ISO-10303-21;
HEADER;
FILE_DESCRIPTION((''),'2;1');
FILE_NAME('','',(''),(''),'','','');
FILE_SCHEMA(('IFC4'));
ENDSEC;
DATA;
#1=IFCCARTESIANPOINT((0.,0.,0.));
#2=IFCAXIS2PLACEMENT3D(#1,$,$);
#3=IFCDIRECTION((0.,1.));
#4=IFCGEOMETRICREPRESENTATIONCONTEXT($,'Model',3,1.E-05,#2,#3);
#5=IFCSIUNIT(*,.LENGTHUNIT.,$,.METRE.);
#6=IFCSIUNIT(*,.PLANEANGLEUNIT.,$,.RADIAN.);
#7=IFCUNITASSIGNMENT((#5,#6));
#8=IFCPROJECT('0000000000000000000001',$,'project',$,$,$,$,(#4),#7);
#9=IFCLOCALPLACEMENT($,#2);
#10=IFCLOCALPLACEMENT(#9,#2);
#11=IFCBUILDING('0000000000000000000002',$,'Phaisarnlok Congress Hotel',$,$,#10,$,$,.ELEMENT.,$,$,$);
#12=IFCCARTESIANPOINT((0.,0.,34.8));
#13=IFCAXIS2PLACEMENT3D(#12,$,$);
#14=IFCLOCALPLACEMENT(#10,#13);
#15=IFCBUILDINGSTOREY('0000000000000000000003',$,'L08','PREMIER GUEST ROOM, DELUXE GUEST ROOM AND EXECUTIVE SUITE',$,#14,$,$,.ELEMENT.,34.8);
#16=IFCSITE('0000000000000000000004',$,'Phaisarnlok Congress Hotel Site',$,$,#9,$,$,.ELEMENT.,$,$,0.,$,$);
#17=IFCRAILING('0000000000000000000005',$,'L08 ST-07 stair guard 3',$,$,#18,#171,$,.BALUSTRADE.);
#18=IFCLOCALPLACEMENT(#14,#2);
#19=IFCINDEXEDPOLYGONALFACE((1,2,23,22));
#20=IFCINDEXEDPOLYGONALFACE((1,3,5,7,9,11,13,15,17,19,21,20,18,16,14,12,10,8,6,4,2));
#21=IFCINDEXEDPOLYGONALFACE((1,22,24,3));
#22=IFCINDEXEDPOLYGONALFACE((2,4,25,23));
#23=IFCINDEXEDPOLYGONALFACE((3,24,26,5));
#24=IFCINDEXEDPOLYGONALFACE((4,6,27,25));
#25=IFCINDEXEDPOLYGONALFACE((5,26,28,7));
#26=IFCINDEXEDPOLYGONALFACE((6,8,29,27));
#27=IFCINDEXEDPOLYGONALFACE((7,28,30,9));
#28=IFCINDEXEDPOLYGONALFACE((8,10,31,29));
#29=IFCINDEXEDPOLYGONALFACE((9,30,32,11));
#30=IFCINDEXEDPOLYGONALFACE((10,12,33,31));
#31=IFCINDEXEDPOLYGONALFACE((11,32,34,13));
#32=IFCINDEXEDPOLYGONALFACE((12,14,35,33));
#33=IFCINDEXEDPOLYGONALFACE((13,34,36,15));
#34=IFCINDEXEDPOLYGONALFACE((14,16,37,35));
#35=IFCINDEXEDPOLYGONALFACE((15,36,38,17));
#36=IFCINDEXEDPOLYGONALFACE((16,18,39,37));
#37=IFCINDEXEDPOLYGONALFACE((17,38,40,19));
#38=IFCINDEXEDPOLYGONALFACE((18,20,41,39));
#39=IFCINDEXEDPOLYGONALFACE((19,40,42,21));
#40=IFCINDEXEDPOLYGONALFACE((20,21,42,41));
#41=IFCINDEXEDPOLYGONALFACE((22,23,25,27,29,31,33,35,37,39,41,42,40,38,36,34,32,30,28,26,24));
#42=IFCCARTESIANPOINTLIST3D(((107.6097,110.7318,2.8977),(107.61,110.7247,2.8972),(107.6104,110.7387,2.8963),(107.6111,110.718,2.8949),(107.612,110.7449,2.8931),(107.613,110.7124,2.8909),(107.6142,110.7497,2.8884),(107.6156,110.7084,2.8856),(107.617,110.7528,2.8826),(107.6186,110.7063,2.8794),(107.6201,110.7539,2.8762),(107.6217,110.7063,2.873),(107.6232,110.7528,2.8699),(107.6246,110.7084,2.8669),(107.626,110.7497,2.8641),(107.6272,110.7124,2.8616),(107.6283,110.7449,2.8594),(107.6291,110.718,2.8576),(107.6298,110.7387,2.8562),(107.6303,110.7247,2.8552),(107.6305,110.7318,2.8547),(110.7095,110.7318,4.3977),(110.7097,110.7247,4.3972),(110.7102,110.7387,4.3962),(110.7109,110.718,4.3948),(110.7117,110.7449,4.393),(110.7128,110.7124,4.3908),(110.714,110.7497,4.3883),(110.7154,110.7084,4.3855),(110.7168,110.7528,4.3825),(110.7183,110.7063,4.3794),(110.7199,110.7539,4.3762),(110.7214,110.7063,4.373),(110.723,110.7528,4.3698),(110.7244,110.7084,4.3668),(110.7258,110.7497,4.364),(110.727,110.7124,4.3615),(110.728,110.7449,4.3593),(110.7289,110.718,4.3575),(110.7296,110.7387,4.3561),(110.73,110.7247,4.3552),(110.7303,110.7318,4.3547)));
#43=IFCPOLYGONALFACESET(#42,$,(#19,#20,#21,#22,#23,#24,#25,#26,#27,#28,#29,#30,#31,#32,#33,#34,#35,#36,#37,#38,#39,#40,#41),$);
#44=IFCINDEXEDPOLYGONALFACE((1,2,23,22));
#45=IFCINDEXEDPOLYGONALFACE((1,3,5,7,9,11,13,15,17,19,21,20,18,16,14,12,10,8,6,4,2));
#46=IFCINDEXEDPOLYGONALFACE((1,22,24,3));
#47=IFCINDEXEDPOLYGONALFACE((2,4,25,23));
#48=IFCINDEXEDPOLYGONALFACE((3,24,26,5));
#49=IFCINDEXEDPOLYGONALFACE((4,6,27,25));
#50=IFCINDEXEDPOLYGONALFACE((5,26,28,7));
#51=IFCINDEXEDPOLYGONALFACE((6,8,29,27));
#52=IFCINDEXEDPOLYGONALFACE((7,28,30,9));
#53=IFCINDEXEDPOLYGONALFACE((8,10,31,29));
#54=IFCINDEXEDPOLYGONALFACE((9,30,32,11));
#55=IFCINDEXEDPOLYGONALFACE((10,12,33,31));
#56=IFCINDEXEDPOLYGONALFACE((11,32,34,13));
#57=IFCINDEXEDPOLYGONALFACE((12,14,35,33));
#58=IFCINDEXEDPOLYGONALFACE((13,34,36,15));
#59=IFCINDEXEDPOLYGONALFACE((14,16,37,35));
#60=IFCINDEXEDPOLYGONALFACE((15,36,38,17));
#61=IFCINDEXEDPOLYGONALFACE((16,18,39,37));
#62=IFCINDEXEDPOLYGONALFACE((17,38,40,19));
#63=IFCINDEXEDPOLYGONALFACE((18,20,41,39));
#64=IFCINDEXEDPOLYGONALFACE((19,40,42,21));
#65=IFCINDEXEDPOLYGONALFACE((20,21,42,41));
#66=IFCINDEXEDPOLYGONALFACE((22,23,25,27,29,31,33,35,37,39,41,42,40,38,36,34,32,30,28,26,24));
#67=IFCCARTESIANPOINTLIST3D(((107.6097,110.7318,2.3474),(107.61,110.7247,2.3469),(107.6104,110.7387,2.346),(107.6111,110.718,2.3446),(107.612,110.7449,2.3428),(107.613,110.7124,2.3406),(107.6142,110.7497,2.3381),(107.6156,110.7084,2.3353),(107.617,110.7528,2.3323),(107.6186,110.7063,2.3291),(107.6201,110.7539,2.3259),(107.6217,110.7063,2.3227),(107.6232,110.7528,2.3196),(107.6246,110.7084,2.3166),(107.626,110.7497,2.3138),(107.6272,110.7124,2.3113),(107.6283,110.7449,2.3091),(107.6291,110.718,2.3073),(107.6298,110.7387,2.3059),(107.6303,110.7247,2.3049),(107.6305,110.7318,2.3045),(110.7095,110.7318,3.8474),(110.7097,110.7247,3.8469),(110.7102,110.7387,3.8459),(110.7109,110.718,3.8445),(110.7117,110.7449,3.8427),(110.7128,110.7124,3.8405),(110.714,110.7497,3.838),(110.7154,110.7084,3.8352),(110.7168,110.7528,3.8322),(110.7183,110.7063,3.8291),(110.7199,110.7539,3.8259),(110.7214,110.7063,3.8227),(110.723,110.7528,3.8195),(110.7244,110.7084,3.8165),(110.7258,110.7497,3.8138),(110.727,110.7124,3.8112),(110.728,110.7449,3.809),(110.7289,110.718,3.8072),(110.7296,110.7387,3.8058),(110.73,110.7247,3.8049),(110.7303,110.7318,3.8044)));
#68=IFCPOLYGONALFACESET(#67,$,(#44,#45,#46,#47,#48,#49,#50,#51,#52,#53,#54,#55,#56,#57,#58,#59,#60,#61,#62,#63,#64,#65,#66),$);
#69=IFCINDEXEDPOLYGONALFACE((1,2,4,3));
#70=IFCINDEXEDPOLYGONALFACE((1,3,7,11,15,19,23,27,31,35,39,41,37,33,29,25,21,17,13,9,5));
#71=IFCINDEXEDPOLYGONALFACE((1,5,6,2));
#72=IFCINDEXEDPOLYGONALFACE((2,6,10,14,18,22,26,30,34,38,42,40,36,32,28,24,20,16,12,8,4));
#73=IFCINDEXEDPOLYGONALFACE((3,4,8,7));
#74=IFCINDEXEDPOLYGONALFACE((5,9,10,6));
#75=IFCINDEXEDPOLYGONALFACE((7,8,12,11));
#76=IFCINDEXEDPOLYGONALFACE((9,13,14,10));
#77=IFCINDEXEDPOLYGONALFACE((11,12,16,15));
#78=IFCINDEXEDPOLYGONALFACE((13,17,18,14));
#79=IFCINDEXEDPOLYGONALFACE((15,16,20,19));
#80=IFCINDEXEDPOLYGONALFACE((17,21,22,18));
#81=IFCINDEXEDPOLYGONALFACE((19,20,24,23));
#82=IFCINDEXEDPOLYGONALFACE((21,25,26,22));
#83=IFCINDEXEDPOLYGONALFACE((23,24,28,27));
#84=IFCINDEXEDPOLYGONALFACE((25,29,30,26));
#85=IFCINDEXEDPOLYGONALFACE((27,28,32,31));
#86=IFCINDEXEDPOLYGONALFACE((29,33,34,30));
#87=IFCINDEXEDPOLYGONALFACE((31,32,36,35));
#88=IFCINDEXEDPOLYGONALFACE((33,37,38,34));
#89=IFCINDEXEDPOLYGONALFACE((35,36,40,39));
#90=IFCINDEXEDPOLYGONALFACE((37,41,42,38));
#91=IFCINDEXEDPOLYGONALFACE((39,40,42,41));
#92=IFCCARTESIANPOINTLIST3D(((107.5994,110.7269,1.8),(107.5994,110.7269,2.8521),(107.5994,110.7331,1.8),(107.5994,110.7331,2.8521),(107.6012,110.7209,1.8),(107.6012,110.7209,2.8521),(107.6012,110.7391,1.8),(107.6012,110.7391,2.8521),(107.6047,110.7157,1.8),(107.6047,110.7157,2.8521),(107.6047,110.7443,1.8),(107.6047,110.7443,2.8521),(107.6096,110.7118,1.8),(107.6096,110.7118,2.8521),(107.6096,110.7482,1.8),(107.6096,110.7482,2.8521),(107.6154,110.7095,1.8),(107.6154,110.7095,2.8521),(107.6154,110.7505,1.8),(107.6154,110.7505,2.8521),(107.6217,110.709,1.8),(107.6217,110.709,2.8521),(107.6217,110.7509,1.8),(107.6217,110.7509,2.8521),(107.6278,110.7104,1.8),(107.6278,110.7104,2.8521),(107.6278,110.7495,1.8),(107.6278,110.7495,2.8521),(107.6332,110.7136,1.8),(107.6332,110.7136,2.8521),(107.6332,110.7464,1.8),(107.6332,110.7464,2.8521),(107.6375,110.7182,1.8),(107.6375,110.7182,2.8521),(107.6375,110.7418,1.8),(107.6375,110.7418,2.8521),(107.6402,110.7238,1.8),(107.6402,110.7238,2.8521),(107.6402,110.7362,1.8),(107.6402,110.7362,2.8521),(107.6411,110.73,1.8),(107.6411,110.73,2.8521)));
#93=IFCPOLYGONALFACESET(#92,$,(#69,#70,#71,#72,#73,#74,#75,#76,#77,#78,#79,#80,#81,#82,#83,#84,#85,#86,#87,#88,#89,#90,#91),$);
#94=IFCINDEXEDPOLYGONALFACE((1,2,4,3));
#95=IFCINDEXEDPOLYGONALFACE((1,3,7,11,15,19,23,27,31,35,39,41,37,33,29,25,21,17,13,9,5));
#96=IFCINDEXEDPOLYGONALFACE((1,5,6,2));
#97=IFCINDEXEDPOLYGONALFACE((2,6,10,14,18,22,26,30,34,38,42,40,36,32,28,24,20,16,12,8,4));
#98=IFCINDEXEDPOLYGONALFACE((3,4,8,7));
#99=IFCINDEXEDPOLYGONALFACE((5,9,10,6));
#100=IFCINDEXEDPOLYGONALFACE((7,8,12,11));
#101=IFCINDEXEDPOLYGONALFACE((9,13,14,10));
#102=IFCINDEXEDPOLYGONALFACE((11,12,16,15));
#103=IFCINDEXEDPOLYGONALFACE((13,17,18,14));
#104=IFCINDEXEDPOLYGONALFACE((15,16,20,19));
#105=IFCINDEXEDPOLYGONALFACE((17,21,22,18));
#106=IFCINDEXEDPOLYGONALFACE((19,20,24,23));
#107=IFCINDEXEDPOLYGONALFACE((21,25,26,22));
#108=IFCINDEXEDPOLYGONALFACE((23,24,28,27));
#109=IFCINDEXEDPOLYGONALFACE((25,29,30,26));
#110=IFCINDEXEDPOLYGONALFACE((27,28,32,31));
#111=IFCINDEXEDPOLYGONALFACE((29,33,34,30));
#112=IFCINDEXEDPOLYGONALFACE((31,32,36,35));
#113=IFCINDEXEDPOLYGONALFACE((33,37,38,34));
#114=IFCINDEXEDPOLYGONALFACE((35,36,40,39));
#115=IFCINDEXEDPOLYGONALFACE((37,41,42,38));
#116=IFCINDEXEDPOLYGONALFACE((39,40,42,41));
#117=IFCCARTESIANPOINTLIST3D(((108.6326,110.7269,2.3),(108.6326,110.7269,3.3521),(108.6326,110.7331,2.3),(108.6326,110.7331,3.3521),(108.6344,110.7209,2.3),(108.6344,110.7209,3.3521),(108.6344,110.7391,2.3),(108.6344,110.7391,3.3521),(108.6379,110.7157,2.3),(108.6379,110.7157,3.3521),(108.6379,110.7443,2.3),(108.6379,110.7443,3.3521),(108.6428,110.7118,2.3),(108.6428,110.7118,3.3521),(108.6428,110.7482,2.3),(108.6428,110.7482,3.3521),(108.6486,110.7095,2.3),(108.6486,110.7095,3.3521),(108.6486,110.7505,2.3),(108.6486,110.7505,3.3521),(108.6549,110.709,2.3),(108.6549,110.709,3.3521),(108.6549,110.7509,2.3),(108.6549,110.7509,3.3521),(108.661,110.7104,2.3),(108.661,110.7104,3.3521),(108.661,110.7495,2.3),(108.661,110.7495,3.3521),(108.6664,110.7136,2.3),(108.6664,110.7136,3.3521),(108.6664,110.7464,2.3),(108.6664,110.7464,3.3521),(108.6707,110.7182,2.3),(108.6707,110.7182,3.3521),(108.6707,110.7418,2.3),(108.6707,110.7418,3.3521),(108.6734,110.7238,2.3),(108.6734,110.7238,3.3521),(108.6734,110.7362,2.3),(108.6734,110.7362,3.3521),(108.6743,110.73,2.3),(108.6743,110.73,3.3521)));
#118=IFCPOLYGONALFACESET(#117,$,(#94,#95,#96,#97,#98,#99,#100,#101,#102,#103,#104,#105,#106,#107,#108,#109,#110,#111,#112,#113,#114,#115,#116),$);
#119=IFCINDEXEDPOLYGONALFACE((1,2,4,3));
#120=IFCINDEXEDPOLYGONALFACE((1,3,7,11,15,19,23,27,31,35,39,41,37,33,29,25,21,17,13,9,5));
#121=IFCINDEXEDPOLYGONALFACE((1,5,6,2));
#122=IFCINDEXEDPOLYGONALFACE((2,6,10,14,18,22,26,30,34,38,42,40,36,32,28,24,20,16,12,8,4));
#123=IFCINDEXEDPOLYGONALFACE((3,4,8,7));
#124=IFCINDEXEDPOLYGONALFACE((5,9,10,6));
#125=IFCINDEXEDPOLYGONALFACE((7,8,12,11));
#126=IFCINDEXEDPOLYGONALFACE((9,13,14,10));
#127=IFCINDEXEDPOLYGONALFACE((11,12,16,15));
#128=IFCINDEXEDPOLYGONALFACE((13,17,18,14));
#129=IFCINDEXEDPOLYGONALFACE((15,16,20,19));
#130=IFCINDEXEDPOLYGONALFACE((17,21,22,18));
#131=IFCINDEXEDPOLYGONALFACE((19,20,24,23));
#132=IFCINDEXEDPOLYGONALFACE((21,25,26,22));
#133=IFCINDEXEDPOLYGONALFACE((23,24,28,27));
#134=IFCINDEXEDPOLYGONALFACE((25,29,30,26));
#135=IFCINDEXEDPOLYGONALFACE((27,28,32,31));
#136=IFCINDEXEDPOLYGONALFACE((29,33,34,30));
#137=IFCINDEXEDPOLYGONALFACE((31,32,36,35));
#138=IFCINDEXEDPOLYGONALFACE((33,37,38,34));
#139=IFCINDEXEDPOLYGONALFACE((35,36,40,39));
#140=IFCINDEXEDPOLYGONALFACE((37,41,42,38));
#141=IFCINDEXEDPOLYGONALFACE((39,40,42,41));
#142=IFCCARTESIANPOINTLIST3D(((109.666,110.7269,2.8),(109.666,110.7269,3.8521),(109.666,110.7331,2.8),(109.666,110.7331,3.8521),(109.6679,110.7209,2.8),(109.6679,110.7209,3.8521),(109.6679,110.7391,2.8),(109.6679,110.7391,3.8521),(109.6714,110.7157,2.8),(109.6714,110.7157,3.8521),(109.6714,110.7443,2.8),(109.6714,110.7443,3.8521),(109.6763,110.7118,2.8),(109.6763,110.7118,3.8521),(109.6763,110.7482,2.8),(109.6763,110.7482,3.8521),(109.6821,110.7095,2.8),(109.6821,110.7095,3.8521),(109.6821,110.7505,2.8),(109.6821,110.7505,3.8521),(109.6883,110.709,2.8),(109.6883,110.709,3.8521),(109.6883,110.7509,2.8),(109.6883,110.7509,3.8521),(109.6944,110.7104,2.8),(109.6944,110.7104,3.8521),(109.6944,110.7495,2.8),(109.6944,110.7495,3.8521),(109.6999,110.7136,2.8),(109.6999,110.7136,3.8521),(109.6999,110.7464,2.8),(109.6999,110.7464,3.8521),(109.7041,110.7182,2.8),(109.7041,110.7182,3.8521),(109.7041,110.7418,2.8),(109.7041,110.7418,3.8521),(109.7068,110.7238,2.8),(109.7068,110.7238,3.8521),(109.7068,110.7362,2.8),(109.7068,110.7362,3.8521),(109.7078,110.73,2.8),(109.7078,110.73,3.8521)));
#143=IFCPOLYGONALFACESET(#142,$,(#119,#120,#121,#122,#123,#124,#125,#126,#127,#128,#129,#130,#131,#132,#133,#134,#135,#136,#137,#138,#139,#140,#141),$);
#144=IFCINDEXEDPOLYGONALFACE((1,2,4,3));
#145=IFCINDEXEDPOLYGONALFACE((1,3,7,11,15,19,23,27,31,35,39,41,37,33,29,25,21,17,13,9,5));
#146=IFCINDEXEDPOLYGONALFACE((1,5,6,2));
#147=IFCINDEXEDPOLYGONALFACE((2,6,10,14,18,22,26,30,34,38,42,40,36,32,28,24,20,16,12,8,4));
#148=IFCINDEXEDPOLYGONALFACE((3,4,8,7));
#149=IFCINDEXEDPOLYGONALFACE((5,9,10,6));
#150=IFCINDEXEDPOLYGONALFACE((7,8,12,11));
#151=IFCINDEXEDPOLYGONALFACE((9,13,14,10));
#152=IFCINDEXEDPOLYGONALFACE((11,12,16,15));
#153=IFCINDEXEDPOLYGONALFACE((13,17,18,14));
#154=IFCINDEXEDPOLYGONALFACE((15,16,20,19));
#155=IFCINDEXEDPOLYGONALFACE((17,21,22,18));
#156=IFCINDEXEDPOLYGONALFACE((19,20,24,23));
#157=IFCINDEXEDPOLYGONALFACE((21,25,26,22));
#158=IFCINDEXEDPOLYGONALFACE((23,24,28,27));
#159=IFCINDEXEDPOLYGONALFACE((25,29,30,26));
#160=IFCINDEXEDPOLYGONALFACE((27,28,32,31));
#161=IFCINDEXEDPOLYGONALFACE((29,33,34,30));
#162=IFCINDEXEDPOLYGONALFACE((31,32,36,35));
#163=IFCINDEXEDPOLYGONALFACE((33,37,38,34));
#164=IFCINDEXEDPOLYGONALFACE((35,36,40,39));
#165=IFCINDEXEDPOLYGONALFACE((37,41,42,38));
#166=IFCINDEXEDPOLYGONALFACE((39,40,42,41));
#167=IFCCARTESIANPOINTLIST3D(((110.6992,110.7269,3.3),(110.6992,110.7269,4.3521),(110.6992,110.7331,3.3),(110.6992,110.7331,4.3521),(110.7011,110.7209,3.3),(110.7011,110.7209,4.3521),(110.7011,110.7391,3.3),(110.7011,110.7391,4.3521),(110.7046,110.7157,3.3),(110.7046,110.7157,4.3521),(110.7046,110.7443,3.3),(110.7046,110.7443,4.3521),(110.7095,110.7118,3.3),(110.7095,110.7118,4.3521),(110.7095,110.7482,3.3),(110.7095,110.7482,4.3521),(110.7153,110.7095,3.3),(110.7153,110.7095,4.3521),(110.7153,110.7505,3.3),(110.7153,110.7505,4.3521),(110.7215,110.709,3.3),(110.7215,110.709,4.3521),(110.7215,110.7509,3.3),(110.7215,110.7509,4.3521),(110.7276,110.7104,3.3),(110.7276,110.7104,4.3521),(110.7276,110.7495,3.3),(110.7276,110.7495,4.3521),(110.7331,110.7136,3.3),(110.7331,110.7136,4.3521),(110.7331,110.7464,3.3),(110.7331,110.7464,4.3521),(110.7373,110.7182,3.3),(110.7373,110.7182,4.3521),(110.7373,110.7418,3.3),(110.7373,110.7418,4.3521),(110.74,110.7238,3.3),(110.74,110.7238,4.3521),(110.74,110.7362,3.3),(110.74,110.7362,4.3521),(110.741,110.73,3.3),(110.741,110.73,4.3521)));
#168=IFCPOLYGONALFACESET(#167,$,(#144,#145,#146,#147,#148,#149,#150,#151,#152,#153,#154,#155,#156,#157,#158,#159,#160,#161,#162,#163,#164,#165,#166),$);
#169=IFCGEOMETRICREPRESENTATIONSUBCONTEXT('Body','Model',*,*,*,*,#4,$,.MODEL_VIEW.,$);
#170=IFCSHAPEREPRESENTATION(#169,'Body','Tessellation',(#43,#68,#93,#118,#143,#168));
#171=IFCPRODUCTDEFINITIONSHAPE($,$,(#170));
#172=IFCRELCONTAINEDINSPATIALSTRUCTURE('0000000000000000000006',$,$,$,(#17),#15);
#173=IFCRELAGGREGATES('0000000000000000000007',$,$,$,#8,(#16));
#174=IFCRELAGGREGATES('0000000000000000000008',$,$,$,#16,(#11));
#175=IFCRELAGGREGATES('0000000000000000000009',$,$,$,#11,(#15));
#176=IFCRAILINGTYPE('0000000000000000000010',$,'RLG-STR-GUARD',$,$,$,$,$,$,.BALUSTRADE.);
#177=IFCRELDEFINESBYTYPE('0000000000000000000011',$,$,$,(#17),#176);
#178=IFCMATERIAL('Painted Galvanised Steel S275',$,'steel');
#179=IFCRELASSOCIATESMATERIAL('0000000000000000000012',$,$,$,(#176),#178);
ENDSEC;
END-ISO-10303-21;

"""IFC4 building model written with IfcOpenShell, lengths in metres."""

from ifc_helpers import new_model, si_unit, direction, frame, origin, origin_2d, place, context, subcontext, project, spatial, circle, extrude, material, type_object, element, save


model = new_model("IFC4")

# Units and contexts
model_context = context("Model", 3, precision=1e-05, world=origin(), true_north=direction((0.0, 1.0)))
body_context = subcontext(model_context, "Body", "Model", "MODEL_VIEW")
ifc_project = project(units=[si_unit("LENGTHUNIT", "METRE"), si_unit("PLANEANGLEUNIT", "RADIAN")], contexts=[model_context])

# Site, building, storey
site_placement = place(None, origin())
site = spatial("IfcSite", under=ifc_project, at=site_placement, Name="Phaisarnlok Congress Hotel Site", CompositionType="ELEMENT", RefElevation=0.0)
building_placement = place(site_placement, origin())
building = spatial("IfcBuilding", under=site, at=building_placement, Name="Phaisarnlok Congress Hotel", CompositionType="ELEMENT")
storey_placement = place(building_placement, frame((0.0, 0.0, 34.8)))
storey = spatial("IfcBuildingStorey", under=building, at=storey_placement, Name="L08", Description="PREMIER GUEST ROOM, DELUXE GUEST ROOM AND EXECUTIVE SUITE", CompositionType="ELEMENT", Elevation=34.8)

# Railing
ifc_material_1 = material(Name="Painted Galvanised Steel S275", Category="steel")
railing_type_1 = type_object("IfcRailingType", Name="RLG-STR-GUARD", PredefinedType="BALUSTRADE", material=ifc_material_1)
railing_1_placement = place(storey_placement, frame((107.6201, 110.73, 1.8)))
element("IfcRailing", 1, at=railing_1_placement, inside=storey, type_object=railing_type_1, Name="L08 ST-07 stair guard 3", PredefinedType="BALUSTRADE", context=body_context, shape_type="SweptSolid", body=[
    extrude(circle(Radius=0.0239, at=origin_2d()), frame((0.0, 0.0, 1.0762), z_axis=(0.900151, 0.0, 0.435578), x_axis=(0.0, 1.0, 0.0)), (0.0, 0.0, 1.0), 3.4436),
    extrude(circle(Radius=0.0239, at=origin_2d()), frame((0.0, 0.0, 0.5259), z_axis=(0.900151, 0.0, 0.435578), x_axis=(0.0, 1.0, 0.0)), (0.0, 0.0, 1.0), 3.4436),
    extrude(circle(Radius=0.021, at=origin_2d()), origin(), (0.0, 0.0, 1.0), 1.052),
    extrude(circle(Radius=0.021, at=origin_2d()), frame((1.0332, 0.0, 0.5)), (0.0, 0.0, 1.0), 1.052),
    extrude(circle(Radius=0.021, at=origin_2d()), frame((2.0667, 0.0, 1.0)), (0.0, 0.0, 1.0), 1.052),
    extrude(circle(Radius=0.021, at=origin_2d()), frame((3.0999, 0.0, 1.5)), (0.0, 0.0, 1.0), 1.052),
])

save(model, "model.ifc")
